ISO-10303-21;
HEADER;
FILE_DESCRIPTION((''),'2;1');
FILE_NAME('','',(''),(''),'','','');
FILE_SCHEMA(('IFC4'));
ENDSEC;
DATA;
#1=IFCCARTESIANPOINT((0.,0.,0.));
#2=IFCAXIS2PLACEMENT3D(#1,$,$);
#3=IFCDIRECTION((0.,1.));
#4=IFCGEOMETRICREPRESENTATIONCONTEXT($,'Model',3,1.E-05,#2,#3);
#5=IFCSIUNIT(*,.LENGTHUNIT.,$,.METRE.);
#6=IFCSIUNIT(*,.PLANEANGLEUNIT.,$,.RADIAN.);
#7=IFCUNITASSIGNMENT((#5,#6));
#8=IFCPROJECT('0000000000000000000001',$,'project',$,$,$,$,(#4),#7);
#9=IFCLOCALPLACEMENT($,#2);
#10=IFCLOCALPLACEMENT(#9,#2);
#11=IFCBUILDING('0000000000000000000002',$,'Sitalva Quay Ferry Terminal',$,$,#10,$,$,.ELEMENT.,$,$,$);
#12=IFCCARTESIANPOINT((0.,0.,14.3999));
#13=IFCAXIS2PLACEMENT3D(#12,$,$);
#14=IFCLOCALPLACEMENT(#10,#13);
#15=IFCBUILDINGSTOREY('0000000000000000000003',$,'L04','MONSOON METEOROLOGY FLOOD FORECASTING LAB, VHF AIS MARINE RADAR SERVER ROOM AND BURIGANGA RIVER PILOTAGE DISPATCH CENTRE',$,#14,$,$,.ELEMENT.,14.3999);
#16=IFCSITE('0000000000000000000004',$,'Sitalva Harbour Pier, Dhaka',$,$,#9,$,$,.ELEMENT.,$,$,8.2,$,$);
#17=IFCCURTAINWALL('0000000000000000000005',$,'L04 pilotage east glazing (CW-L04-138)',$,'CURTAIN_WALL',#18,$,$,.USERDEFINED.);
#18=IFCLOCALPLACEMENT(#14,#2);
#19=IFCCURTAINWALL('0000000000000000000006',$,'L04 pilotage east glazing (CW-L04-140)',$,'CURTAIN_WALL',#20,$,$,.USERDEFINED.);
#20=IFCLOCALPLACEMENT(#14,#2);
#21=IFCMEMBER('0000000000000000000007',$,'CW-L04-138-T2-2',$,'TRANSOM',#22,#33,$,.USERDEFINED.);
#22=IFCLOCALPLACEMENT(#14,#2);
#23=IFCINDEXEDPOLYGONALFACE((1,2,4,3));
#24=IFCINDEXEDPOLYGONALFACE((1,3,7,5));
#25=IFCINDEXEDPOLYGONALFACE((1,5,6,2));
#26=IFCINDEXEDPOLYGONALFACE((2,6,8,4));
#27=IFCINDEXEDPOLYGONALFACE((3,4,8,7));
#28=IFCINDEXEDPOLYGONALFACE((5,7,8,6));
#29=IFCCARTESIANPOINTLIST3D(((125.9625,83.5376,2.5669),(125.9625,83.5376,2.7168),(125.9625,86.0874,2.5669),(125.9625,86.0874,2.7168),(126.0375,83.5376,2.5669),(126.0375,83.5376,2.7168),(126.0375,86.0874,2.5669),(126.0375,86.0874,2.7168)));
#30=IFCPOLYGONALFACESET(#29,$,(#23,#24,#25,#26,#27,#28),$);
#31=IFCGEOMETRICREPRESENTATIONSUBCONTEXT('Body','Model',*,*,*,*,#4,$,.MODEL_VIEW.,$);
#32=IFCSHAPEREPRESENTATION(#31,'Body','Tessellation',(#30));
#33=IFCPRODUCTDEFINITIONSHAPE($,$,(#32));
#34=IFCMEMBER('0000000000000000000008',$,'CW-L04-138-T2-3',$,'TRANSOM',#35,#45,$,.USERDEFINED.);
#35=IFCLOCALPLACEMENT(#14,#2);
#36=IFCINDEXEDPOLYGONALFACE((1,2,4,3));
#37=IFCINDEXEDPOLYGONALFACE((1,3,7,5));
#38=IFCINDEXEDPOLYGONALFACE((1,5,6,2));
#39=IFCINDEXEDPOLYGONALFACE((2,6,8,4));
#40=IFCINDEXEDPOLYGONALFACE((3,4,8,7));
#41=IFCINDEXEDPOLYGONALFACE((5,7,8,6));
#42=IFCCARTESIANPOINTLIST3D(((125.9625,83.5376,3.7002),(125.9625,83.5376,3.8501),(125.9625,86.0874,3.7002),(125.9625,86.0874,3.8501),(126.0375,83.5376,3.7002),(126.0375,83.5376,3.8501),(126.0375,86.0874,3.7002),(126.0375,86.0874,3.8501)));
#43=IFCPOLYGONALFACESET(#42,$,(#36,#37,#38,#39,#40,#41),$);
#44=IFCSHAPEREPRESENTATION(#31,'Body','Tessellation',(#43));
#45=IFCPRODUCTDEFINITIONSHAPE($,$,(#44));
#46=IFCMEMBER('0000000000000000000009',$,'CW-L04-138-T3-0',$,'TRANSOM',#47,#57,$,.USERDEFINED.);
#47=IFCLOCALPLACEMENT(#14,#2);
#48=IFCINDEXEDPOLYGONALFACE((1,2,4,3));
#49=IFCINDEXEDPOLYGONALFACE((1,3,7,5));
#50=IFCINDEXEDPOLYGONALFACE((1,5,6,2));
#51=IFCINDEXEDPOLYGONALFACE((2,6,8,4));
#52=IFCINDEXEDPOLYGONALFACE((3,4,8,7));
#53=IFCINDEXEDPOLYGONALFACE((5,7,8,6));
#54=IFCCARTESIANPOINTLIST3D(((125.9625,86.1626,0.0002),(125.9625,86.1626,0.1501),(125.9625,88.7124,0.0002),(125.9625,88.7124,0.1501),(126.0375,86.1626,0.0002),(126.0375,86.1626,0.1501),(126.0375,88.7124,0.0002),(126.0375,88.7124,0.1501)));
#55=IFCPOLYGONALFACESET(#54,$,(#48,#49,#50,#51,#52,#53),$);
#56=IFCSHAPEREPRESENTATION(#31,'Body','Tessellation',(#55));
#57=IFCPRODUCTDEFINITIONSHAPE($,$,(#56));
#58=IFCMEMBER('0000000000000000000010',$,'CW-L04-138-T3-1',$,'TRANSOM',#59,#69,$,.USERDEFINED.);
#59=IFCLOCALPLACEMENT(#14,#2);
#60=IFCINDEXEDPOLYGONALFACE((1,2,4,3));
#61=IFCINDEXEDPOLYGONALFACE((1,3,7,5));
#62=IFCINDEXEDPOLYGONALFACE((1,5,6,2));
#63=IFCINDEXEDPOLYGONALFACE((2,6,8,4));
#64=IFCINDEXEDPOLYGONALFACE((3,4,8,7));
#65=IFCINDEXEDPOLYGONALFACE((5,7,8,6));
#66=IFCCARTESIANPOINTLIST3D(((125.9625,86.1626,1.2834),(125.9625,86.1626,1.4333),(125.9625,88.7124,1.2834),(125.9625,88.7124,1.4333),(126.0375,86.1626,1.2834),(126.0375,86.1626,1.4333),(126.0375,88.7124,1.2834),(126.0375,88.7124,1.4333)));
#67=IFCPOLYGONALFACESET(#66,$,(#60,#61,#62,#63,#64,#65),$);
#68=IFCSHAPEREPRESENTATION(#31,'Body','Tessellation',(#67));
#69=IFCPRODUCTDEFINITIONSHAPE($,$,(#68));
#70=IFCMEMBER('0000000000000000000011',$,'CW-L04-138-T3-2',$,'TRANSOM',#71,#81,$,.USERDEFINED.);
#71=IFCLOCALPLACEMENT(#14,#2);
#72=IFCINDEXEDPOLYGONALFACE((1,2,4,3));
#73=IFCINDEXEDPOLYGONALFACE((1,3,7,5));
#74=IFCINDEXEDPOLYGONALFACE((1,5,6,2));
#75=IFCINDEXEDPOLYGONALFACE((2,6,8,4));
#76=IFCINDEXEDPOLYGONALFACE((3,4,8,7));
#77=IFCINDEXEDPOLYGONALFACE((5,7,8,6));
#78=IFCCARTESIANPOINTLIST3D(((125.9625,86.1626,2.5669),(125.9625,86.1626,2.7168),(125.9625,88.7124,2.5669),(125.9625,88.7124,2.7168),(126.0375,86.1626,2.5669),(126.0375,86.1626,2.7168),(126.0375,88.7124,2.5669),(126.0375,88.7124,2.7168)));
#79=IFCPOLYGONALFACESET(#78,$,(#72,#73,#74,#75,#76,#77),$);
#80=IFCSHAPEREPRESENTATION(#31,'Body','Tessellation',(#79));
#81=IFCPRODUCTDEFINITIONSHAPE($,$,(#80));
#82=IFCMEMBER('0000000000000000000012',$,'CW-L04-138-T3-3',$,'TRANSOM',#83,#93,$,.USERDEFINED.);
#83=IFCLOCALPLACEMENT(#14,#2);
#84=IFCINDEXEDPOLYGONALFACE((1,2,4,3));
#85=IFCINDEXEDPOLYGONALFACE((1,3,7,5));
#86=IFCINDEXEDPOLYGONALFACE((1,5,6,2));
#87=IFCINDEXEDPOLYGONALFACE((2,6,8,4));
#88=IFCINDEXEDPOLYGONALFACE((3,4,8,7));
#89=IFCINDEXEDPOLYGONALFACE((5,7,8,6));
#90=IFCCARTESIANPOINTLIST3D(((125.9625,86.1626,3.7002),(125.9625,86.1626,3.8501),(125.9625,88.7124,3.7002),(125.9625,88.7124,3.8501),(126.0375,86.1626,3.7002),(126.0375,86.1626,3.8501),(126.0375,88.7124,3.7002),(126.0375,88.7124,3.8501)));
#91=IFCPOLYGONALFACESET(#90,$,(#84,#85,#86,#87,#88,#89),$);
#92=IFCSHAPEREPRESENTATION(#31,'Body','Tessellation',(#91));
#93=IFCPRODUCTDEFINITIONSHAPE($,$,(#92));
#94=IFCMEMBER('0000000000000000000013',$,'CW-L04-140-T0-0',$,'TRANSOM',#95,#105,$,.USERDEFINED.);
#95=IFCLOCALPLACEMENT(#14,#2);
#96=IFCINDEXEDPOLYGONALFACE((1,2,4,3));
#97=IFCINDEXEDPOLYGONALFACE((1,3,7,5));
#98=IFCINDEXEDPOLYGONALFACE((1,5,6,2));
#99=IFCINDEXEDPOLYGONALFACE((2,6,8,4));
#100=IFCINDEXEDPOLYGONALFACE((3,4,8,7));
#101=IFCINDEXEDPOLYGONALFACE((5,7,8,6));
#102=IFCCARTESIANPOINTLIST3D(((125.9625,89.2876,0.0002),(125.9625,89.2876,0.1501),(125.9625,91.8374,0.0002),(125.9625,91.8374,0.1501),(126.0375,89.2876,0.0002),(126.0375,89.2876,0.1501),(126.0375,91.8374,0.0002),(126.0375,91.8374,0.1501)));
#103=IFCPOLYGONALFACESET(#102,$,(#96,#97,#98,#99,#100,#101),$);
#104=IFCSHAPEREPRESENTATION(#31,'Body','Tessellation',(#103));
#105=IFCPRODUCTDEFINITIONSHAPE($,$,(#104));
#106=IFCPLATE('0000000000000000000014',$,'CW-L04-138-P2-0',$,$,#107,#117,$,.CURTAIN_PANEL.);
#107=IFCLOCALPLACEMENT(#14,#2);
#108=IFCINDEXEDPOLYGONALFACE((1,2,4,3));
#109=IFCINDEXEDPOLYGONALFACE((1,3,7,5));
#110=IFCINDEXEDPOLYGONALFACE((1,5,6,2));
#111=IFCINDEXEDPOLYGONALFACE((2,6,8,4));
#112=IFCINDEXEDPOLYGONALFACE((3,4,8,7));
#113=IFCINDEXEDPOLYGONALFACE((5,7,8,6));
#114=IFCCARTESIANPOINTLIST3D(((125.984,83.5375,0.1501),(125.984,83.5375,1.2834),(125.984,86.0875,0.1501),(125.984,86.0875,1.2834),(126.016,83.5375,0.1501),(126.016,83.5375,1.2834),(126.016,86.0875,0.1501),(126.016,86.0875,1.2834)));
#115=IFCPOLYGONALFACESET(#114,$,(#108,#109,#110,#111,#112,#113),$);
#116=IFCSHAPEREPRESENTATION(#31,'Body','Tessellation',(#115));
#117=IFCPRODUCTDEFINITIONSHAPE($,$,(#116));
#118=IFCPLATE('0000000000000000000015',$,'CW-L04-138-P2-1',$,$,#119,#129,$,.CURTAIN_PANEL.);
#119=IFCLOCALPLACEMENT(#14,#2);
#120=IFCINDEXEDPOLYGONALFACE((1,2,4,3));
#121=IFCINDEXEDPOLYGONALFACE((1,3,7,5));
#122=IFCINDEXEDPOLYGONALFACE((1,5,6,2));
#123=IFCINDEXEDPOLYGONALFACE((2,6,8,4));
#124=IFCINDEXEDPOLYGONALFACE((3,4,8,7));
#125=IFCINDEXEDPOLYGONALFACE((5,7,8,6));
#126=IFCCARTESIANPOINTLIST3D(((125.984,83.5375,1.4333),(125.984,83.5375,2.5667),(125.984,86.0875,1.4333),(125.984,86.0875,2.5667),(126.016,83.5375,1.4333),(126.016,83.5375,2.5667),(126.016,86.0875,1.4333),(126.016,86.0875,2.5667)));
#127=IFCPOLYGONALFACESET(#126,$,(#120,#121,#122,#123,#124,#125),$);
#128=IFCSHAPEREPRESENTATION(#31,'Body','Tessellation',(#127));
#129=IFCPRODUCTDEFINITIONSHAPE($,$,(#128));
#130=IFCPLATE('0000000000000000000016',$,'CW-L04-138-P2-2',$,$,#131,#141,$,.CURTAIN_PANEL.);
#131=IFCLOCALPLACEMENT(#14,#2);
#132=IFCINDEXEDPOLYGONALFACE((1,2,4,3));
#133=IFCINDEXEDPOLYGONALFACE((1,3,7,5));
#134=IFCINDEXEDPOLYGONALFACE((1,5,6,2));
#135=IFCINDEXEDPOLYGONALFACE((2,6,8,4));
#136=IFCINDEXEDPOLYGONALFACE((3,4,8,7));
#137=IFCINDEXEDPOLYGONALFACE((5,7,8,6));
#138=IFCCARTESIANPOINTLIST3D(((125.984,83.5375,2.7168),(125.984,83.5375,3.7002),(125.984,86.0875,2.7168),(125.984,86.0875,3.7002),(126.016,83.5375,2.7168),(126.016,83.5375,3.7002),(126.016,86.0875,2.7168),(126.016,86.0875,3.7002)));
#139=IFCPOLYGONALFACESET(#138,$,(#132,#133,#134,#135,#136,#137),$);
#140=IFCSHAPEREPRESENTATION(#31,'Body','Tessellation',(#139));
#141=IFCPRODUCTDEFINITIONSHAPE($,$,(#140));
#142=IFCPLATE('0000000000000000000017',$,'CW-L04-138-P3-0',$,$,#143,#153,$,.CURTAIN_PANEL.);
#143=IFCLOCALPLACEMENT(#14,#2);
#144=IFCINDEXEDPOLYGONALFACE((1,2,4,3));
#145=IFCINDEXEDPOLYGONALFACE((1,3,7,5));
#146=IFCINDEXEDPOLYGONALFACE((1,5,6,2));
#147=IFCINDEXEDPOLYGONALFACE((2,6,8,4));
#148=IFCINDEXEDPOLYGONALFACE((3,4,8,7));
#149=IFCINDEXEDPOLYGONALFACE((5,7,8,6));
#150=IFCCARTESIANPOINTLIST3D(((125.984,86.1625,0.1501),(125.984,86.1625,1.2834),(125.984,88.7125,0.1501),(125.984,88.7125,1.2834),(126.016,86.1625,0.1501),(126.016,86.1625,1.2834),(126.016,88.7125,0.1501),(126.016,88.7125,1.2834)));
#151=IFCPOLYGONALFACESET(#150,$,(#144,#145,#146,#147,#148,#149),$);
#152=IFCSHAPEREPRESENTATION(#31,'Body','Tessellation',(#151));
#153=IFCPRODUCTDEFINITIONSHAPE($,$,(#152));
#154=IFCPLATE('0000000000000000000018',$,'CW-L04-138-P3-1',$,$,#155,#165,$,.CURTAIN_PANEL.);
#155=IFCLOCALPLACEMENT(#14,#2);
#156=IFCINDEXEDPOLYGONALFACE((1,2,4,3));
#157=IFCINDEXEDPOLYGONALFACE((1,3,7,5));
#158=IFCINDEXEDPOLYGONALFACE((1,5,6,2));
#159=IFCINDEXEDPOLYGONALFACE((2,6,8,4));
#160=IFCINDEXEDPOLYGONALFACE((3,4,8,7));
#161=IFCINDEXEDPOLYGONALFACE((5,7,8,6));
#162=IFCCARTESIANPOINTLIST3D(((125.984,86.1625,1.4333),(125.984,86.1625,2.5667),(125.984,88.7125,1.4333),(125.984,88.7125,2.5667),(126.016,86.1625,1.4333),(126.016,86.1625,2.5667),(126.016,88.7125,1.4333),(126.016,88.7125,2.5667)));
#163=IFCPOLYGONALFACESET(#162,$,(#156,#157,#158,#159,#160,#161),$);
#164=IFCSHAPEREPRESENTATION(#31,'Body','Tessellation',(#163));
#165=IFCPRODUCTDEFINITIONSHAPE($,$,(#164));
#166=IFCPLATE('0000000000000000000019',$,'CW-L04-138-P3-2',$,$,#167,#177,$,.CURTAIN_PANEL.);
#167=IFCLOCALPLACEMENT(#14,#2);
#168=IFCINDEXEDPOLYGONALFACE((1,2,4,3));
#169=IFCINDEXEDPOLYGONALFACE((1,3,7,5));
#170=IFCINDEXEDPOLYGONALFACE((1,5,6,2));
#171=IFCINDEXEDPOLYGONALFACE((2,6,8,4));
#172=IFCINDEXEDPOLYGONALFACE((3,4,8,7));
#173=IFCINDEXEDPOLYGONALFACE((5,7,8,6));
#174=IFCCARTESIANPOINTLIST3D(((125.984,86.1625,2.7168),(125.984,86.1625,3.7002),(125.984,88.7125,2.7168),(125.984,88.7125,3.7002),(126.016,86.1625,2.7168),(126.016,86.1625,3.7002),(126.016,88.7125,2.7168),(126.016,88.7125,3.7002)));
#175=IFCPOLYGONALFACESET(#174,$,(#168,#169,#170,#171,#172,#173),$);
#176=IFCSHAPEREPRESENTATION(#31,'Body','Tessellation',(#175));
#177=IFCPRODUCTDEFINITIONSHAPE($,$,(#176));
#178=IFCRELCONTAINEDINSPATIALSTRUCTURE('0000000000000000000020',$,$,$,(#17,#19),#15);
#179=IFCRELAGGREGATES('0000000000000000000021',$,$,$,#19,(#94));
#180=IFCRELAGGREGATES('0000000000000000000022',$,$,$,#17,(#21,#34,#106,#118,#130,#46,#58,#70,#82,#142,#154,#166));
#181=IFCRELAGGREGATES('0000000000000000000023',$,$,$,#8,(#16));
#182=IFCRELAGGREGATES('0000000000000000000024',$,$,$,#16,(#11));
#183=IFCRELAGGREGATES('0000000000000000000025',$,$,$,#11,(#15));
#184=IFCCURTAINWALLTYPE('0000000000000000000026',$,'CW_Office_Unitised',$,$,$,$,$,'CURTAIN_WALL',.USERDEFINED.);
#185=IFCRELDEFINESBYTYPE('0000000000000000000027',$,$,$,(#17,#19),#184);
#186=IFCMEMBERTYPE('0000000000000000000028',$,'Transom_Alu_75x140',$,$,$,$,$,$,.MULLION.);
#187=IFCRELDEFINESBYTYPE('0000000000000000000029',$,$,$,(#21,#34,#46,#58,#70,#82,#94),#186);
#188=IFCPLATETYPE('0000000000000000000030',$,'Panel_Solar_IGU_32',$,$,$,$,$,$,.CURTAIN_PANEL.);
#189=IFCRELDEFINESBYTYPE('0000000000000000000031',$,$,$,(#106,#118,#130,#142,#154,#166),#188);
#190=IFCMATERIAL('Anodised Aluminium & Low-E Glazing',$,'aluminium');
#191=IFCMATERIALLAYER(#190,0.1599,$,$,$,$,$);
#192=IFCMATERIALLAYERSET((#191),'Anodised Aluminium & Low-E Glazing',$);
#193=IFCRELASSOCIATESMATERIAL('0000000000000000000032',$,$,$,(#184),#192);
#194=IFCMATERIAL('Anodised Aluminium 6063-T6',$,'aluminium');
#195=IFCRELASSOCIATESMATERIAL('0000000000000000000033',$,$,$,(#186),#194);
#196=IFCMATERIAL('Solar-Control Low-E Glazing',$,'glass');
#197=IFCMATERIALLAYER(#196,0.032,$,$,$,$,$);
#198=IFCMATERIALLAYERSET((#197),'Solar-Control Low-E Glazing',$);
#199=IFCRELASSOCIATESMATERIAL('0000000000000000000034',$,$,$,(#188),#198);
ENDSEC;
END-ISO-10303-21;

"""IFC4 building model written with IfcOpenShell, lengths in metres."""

from ifc_helpers import new_model, si_unit, direction, frame, origin, origin_2d, place, context, subcontext, project, spatial, rectangle, extrude, material, layer, layer_set, material_profile, profile_set, type_object, element, aggregate, save


model = new_model("IFC4")

# Units and contexts
model_context = context("Model", 3, precision=1e-05, world=origin(), true_north=direction((0.0, 1.0)))
body_context = subcontext(model_context, "Body", "Model", "MODEL_VIEW")
ifc_project = project(units=[si_unit("LENGTHUNIT", "METRE"), si_unit("PLANEANGLEUNIT", "RADIAN")], contexts=[model_context])

# Site, building, storey
site_placement = place(None, origin())
site = spatial("IfcSite", under=ifc_project, at=site_placement, Name="Sitalva Harbour Pier, Dhaka", CompositionType="ELEMENT", RefElevation=8.2)
building_placement = place(site_placement, origin())
building = spatial("IfcBuilding", under=site, at=building_placement, Name="Sitalva Quay Ferry Terminal", CompositionType="ELEMENT")
storey_placement = place(building_placement, frame((0.0, 0.0, 14.3999)))
storey = spatial("IfcBuildingStorey", under=building, at=storey_placement, Name="L04", Description="MONSOON METEOROLOGY FLOOD FORECASTING LAB, VHF AIS MARINE RADAR SERVER ROOM AND BURIGANGA RIVER PILOTAGE DISPATCH CENTRE", CompositionType="ELEMENT", Elevation=14.3999)

# Curtain wall
ifc_material_1 = material(Name="Anodised Aluminium & Low-E Glazing", Category="aluminium")
ifc_layer_1 = layer(ifc_material_1, 0.1599)
ifc_layer_set_1 = layer_set([ifc_layer_1], Name="Anodised Aluminium & Low-E Glazing")
curtain_wall_type = type_object("IfcCurtainWallType", Name="CW_Office_Unitised", ElementType="CURTAIN_WALL", PredefinedType="USERDEFINED", material=ifc_layer_set_1)
curtain_wall_1_placement = place(storey_placement, origin())
curtain_wall_1 = element("IfcCurtainWall", 1, at=curtain_wall_1_placement, inside=storey, type_object=curtain_wall_type, Name="L04 pilotage east glazing (CW-L04-138)", ObjectType="CURTAIN_WALL", PredefinedType="USERDEFINED")

# Curtain wall
curtain_wall_2_placement = place(storey_placement, origin())
curtain_wall_2 = element("IfcCurtainWall", 2, at=curtain_wall_2_placement, inside=storey, type_object=curtain_wall_type, Name="L04 pilotage east glazing (CW-L04-140)", ObjectType="CURTAIN_WALL", PredefinedType="USERDEFINED")

# Members
ifc_material_2 = material(Name="Anodised Aluminium 6063-T6", Category="aluminium")
ifc_material_profile_1 = material_profile(ifc_material_2, rectangle(XDim=0.075, YDim=0.1499, at=origin_2d()), Name="ALU75x150")
ifc_profile_set_1 = profile_set([ifc_material_profile_1], Name="Anodised Aluminium 6063-T6")
member_type_1 = type_object("IfcMemberType", Name="Transom_Alu_75x140", PredefinedType="MULLION", material=ifc_profile_set_1)
member_1_placement = place(storey_placement, frame((126.0, 83.5376, 2.6418), z_axis=(0.0, 1.0, 0.0), x_axis=(-1.0, 0.0, 0.0)))
member_1 = element("IfcMember", 3, at=member_1_placement, type_object=member_type_1, Name="CW-L04-138-T2-2", ObjectType="TRANSOM", PredefinedType="USERDEFINED", context=body_context, shape_type="SweptSolid", body=[
    extrude(rectangle(XDim=0.075, YDim=0.1499, at=origin_2d()), origin(), (0.0, 0.0, 1.0), 2.5498),
])
member_2_placement = place(storey_placement, frame((126.0, 83.5376, 3.7751), z_axis=(0.0, 1.0, 0.0), x_axis=(-1.0, 0.0, 0.0)))
member_2 = element("IfcMember", 4, at=member_2_placement, type_object=member_type_1, Name="CW-L04-138-T2-3", ObjectType="TRANSOM", PredefinedType="USERDEFINED", context=body_context, shape_type="SweptSolid", body=[
    extrude(rectangle(XDim=0.075, YDim=0.1499, at=origin_2d()), origin(), (0.0, 0.0, 1.0), 2.5498),
])
member_3_placement = place(storey_placement, frame((126.0, 86.1626, 0.0752), z_axis=(0.0, 1.0, 0.0), x_axis=(-1.0, 0.0, 0.0)))
member_3 = element("IfcMember", 5, at=member_3_placement, type_object=member_type_1, Name="CW-L04-138-T3-0", ObjectType="TRANSOM", PredefinedType="USERDEFINED", context=body_context, shape_type="SweptSolid", body=[
    extrude(rectangle(XDim=0.075, YDim=0.1499, at=origin_2d()), origin(), (0.0, 0.0, 1.0), 2.5498),
])
member_4_placement = place(storey_placement, frame((126.0, 86.1626, 1.3584), z_axis=(0.0, 1.0, 0.0), x_axis=(-1.0, 0.0, 0.0)))
member_4 = element("IfcMember", 6, at=member_4_placement, type_object=member_type_1, Name="CW-L04-138-T3-1", ObjectType="TRANSOM", PredefinedType="USERDEFINED", context=body_context, shape_type="SweptSolid", body=[
    extrude(rectangle(XDim=0.075, YDim=0.1499, at=origin_2d()), origin(), (0.0, 0.0, 1.0), 2.5498),
])
member_5_placement = place(storey_placement, frame((126.0, 86.1626, 2.6418), z_axis=(0.0, 1.0, 0.0), x_axis=(-1.0, 0.0, 0.0)))
member_5 = element("IfcMember", 7, at=member_5_placement, type_object=member_type_1, Name="CW-L04-138-T3-2", ObjectType="TRANSOM", PredefinedType="USERDEFINED", context=body_context, shape_type="SweptSolid", body=[
    extrude(rectangle(XDim=0.075, YDim=0.1499, at=origin_2d()), origin(), (0.0, 0.0, 1.0), 2.5498),
])
member_6_placement = place(storey_placement, frame((126.0, 86.1626, 3.7751), z_axis=(0.0, 1.0, 0.0), x_axis=(-1.0, 0.0, 0.0)))
member_6 = element("IfcMember", 8, at=member_6_placement, type_object=member_type_1, Name="CW-L04-138-T3-3", ObjectType="TRANSOM", PredefinedType="USERDEFINED", context=body_context, shape_type="SweptSolid", body=[
    extrude(rectangle(XDim=0.075, YDim=0.1499, at=origin_2d()), origin(), (0.0, 0.0, 1.0), 2.5498),
])
member_7_placement = place(storey_placement, frame((126.0, 89.2876, 0.0752), z_axis=(0.0, 1.0, 0.0), x_axis=(-1.0, 0.0, 0.0)))
member_7 = element("IfcMember", 9, at=member_7_placement, type_object=member_type_1, Name="CW-L04-140-T0-0", ObjectType="TRANSOM", PredefinedType="USERDEFINED", context=body_context, shape_type="SweptSolid", body=[
    extrude(rectangle(XDim=0.075, YDim=0.1499, at=origin_2d()), origin(), (0.0, 0.0, 1.0), 2.5498),
])
aggregate(curtain_wall_2, [member_7])

# Plates
ifc_material_3 = material(Name="Solar-Control Low-E Glazing", Category="glass")
ifc_layer_2 = layer(ifc_material_3, 0.032)
ifc_layer_set_2 = layer_set([ifc_layer_2], Name="Solar-Control Low-E Glazing")
plate_type = type_object("IfcPlateType", Name="Panel_Solar_IGU_32", PredefinedType="CURTAIN_PANEL", material=ifc_layer_set_2)
plate_1_placement = place(storey_placement, frame((126.0, 84.8125, 0.1501), z_axis=(0.0, 0.0, 1.0), x_axis=(0.0, 1.0, 0.0)))
plate_1 = element("IfcPlate", 10, at=plate_1_placement, type_object=plate_type, Name="CW-L04-138-P2-0", PredefinedType="CURTAIN_PANEL", context=body_context, shape_type="SweptSolid", body=[
    extrude(rectangle(XDim=2.55, YDim=0.032, at=origin_2d()), origin(), (0.0, 0.0, 1.0), 1.1333),
])
plate_2_placement = place(storey_placement, frame((126.0, 84.8125, 1.4333), z_axis=(0.0, 0.0, 1.0), x_axis=(0.0, 1.0, 0.0)))
plate_2 = element("IfcPlate", 11, at=plate_2_placement, type_object=plate_type, Name="CW-L04-138-P2-1", PredefinedType="CURTAIN_PANEL", context=body_context, shape_type="SweptSolid", body=[
    extrude(rectangle(XDim=2.55, YDim=0.032, at=origin_2d()), origin(), (0.0, 0.0, 1.0), 1.1333),
])
plate_3_placement = place(storey_placement, frame((126.0, 84.8125, 2.7168), z_axis=(0.0, 0.0, 1.0), x_axis=(0.0, 1.0, 0.0)))
plate_3 = element("IfcPlate", 12, at=plate_3_placement, type_object=plate_type, Name="CW-L04-138-P2-2", PredefinedType="CURTAIN_PANEL", context=body_context, shape_type="SweptSolid", body=[
    extrude(rectangle(XDim=2.55, YDim=0.032, at=origin_2d()), origin(), (0.0, 0.0, 1.0), 0.9834),
])
plate_4_placement = place(storey_placement, frame((126.0, 87.4375, 0.1501), z_axis=(0.0, 0.0, 1.0), x_axis=(0.0, 1.0, 0.0)))
plate_4 = element("IfcPlate", 13, at=plate_4_placement, type_object=plate_type, Name="CW-L04-138-P3-0", PredefinedType="CURTAIN_PANEL", context=body_context, shape_type="SweptSolid", body=[
    extrude(rectangle(XDim=2.55, YDim=0.032, at=origin_2d()), origin(), (0.0, 0.0, 1.0), 1.1333),
])
plate_5_placement = place(storey_placement, frame((126.0, 87.4375, 1.4333), z_axis=(0.0, 0.0, 1.0), x_axis=(0.0, 1.0, 0.0)))
plate_5 = element("IfcPlate", 14, at=plate_5_placement, type_object=plate_type, Name="CW-L04-138-P3-1", PredefinedType="CURTAIN_PANEL", context=body_context, shape_type="SweptSolid", body=[
    extrude(rectangle(XDim=2.55, YDim=0.032, at=origin_2d()), origin(), (0.0, 0.0, 1.0), 1.1333),
])
plate_6_placement = place(storey_placement, frame((126.0, 87.4375, 2.7168), z_axis=(0.0, 0.0, 1.0), x_axis=(0.0, 1.0, 0.0)))
plate_6 = element("IfcPlate", 15, at=plate_6_placement, type_object=plate_type, Name="CW-L04-138-P3-2", PredefinedType="CURTAIN_PANEL", context=body_context, shape_type="SweptSolid", body=[
    extrude(rectangle(XDim=2.55, YDim=0.032, at=origin_2d()), origin(), (0.0, 0.0, 1.0), 0.9834),
])
aggregate(curtain_wall_1, [member_1, member_2, plate_1, plate_2, plate_3, member_3, member_4, member_5, member_6, plate_4, plate_5, plate_6])

save(model, "model.ifc")
